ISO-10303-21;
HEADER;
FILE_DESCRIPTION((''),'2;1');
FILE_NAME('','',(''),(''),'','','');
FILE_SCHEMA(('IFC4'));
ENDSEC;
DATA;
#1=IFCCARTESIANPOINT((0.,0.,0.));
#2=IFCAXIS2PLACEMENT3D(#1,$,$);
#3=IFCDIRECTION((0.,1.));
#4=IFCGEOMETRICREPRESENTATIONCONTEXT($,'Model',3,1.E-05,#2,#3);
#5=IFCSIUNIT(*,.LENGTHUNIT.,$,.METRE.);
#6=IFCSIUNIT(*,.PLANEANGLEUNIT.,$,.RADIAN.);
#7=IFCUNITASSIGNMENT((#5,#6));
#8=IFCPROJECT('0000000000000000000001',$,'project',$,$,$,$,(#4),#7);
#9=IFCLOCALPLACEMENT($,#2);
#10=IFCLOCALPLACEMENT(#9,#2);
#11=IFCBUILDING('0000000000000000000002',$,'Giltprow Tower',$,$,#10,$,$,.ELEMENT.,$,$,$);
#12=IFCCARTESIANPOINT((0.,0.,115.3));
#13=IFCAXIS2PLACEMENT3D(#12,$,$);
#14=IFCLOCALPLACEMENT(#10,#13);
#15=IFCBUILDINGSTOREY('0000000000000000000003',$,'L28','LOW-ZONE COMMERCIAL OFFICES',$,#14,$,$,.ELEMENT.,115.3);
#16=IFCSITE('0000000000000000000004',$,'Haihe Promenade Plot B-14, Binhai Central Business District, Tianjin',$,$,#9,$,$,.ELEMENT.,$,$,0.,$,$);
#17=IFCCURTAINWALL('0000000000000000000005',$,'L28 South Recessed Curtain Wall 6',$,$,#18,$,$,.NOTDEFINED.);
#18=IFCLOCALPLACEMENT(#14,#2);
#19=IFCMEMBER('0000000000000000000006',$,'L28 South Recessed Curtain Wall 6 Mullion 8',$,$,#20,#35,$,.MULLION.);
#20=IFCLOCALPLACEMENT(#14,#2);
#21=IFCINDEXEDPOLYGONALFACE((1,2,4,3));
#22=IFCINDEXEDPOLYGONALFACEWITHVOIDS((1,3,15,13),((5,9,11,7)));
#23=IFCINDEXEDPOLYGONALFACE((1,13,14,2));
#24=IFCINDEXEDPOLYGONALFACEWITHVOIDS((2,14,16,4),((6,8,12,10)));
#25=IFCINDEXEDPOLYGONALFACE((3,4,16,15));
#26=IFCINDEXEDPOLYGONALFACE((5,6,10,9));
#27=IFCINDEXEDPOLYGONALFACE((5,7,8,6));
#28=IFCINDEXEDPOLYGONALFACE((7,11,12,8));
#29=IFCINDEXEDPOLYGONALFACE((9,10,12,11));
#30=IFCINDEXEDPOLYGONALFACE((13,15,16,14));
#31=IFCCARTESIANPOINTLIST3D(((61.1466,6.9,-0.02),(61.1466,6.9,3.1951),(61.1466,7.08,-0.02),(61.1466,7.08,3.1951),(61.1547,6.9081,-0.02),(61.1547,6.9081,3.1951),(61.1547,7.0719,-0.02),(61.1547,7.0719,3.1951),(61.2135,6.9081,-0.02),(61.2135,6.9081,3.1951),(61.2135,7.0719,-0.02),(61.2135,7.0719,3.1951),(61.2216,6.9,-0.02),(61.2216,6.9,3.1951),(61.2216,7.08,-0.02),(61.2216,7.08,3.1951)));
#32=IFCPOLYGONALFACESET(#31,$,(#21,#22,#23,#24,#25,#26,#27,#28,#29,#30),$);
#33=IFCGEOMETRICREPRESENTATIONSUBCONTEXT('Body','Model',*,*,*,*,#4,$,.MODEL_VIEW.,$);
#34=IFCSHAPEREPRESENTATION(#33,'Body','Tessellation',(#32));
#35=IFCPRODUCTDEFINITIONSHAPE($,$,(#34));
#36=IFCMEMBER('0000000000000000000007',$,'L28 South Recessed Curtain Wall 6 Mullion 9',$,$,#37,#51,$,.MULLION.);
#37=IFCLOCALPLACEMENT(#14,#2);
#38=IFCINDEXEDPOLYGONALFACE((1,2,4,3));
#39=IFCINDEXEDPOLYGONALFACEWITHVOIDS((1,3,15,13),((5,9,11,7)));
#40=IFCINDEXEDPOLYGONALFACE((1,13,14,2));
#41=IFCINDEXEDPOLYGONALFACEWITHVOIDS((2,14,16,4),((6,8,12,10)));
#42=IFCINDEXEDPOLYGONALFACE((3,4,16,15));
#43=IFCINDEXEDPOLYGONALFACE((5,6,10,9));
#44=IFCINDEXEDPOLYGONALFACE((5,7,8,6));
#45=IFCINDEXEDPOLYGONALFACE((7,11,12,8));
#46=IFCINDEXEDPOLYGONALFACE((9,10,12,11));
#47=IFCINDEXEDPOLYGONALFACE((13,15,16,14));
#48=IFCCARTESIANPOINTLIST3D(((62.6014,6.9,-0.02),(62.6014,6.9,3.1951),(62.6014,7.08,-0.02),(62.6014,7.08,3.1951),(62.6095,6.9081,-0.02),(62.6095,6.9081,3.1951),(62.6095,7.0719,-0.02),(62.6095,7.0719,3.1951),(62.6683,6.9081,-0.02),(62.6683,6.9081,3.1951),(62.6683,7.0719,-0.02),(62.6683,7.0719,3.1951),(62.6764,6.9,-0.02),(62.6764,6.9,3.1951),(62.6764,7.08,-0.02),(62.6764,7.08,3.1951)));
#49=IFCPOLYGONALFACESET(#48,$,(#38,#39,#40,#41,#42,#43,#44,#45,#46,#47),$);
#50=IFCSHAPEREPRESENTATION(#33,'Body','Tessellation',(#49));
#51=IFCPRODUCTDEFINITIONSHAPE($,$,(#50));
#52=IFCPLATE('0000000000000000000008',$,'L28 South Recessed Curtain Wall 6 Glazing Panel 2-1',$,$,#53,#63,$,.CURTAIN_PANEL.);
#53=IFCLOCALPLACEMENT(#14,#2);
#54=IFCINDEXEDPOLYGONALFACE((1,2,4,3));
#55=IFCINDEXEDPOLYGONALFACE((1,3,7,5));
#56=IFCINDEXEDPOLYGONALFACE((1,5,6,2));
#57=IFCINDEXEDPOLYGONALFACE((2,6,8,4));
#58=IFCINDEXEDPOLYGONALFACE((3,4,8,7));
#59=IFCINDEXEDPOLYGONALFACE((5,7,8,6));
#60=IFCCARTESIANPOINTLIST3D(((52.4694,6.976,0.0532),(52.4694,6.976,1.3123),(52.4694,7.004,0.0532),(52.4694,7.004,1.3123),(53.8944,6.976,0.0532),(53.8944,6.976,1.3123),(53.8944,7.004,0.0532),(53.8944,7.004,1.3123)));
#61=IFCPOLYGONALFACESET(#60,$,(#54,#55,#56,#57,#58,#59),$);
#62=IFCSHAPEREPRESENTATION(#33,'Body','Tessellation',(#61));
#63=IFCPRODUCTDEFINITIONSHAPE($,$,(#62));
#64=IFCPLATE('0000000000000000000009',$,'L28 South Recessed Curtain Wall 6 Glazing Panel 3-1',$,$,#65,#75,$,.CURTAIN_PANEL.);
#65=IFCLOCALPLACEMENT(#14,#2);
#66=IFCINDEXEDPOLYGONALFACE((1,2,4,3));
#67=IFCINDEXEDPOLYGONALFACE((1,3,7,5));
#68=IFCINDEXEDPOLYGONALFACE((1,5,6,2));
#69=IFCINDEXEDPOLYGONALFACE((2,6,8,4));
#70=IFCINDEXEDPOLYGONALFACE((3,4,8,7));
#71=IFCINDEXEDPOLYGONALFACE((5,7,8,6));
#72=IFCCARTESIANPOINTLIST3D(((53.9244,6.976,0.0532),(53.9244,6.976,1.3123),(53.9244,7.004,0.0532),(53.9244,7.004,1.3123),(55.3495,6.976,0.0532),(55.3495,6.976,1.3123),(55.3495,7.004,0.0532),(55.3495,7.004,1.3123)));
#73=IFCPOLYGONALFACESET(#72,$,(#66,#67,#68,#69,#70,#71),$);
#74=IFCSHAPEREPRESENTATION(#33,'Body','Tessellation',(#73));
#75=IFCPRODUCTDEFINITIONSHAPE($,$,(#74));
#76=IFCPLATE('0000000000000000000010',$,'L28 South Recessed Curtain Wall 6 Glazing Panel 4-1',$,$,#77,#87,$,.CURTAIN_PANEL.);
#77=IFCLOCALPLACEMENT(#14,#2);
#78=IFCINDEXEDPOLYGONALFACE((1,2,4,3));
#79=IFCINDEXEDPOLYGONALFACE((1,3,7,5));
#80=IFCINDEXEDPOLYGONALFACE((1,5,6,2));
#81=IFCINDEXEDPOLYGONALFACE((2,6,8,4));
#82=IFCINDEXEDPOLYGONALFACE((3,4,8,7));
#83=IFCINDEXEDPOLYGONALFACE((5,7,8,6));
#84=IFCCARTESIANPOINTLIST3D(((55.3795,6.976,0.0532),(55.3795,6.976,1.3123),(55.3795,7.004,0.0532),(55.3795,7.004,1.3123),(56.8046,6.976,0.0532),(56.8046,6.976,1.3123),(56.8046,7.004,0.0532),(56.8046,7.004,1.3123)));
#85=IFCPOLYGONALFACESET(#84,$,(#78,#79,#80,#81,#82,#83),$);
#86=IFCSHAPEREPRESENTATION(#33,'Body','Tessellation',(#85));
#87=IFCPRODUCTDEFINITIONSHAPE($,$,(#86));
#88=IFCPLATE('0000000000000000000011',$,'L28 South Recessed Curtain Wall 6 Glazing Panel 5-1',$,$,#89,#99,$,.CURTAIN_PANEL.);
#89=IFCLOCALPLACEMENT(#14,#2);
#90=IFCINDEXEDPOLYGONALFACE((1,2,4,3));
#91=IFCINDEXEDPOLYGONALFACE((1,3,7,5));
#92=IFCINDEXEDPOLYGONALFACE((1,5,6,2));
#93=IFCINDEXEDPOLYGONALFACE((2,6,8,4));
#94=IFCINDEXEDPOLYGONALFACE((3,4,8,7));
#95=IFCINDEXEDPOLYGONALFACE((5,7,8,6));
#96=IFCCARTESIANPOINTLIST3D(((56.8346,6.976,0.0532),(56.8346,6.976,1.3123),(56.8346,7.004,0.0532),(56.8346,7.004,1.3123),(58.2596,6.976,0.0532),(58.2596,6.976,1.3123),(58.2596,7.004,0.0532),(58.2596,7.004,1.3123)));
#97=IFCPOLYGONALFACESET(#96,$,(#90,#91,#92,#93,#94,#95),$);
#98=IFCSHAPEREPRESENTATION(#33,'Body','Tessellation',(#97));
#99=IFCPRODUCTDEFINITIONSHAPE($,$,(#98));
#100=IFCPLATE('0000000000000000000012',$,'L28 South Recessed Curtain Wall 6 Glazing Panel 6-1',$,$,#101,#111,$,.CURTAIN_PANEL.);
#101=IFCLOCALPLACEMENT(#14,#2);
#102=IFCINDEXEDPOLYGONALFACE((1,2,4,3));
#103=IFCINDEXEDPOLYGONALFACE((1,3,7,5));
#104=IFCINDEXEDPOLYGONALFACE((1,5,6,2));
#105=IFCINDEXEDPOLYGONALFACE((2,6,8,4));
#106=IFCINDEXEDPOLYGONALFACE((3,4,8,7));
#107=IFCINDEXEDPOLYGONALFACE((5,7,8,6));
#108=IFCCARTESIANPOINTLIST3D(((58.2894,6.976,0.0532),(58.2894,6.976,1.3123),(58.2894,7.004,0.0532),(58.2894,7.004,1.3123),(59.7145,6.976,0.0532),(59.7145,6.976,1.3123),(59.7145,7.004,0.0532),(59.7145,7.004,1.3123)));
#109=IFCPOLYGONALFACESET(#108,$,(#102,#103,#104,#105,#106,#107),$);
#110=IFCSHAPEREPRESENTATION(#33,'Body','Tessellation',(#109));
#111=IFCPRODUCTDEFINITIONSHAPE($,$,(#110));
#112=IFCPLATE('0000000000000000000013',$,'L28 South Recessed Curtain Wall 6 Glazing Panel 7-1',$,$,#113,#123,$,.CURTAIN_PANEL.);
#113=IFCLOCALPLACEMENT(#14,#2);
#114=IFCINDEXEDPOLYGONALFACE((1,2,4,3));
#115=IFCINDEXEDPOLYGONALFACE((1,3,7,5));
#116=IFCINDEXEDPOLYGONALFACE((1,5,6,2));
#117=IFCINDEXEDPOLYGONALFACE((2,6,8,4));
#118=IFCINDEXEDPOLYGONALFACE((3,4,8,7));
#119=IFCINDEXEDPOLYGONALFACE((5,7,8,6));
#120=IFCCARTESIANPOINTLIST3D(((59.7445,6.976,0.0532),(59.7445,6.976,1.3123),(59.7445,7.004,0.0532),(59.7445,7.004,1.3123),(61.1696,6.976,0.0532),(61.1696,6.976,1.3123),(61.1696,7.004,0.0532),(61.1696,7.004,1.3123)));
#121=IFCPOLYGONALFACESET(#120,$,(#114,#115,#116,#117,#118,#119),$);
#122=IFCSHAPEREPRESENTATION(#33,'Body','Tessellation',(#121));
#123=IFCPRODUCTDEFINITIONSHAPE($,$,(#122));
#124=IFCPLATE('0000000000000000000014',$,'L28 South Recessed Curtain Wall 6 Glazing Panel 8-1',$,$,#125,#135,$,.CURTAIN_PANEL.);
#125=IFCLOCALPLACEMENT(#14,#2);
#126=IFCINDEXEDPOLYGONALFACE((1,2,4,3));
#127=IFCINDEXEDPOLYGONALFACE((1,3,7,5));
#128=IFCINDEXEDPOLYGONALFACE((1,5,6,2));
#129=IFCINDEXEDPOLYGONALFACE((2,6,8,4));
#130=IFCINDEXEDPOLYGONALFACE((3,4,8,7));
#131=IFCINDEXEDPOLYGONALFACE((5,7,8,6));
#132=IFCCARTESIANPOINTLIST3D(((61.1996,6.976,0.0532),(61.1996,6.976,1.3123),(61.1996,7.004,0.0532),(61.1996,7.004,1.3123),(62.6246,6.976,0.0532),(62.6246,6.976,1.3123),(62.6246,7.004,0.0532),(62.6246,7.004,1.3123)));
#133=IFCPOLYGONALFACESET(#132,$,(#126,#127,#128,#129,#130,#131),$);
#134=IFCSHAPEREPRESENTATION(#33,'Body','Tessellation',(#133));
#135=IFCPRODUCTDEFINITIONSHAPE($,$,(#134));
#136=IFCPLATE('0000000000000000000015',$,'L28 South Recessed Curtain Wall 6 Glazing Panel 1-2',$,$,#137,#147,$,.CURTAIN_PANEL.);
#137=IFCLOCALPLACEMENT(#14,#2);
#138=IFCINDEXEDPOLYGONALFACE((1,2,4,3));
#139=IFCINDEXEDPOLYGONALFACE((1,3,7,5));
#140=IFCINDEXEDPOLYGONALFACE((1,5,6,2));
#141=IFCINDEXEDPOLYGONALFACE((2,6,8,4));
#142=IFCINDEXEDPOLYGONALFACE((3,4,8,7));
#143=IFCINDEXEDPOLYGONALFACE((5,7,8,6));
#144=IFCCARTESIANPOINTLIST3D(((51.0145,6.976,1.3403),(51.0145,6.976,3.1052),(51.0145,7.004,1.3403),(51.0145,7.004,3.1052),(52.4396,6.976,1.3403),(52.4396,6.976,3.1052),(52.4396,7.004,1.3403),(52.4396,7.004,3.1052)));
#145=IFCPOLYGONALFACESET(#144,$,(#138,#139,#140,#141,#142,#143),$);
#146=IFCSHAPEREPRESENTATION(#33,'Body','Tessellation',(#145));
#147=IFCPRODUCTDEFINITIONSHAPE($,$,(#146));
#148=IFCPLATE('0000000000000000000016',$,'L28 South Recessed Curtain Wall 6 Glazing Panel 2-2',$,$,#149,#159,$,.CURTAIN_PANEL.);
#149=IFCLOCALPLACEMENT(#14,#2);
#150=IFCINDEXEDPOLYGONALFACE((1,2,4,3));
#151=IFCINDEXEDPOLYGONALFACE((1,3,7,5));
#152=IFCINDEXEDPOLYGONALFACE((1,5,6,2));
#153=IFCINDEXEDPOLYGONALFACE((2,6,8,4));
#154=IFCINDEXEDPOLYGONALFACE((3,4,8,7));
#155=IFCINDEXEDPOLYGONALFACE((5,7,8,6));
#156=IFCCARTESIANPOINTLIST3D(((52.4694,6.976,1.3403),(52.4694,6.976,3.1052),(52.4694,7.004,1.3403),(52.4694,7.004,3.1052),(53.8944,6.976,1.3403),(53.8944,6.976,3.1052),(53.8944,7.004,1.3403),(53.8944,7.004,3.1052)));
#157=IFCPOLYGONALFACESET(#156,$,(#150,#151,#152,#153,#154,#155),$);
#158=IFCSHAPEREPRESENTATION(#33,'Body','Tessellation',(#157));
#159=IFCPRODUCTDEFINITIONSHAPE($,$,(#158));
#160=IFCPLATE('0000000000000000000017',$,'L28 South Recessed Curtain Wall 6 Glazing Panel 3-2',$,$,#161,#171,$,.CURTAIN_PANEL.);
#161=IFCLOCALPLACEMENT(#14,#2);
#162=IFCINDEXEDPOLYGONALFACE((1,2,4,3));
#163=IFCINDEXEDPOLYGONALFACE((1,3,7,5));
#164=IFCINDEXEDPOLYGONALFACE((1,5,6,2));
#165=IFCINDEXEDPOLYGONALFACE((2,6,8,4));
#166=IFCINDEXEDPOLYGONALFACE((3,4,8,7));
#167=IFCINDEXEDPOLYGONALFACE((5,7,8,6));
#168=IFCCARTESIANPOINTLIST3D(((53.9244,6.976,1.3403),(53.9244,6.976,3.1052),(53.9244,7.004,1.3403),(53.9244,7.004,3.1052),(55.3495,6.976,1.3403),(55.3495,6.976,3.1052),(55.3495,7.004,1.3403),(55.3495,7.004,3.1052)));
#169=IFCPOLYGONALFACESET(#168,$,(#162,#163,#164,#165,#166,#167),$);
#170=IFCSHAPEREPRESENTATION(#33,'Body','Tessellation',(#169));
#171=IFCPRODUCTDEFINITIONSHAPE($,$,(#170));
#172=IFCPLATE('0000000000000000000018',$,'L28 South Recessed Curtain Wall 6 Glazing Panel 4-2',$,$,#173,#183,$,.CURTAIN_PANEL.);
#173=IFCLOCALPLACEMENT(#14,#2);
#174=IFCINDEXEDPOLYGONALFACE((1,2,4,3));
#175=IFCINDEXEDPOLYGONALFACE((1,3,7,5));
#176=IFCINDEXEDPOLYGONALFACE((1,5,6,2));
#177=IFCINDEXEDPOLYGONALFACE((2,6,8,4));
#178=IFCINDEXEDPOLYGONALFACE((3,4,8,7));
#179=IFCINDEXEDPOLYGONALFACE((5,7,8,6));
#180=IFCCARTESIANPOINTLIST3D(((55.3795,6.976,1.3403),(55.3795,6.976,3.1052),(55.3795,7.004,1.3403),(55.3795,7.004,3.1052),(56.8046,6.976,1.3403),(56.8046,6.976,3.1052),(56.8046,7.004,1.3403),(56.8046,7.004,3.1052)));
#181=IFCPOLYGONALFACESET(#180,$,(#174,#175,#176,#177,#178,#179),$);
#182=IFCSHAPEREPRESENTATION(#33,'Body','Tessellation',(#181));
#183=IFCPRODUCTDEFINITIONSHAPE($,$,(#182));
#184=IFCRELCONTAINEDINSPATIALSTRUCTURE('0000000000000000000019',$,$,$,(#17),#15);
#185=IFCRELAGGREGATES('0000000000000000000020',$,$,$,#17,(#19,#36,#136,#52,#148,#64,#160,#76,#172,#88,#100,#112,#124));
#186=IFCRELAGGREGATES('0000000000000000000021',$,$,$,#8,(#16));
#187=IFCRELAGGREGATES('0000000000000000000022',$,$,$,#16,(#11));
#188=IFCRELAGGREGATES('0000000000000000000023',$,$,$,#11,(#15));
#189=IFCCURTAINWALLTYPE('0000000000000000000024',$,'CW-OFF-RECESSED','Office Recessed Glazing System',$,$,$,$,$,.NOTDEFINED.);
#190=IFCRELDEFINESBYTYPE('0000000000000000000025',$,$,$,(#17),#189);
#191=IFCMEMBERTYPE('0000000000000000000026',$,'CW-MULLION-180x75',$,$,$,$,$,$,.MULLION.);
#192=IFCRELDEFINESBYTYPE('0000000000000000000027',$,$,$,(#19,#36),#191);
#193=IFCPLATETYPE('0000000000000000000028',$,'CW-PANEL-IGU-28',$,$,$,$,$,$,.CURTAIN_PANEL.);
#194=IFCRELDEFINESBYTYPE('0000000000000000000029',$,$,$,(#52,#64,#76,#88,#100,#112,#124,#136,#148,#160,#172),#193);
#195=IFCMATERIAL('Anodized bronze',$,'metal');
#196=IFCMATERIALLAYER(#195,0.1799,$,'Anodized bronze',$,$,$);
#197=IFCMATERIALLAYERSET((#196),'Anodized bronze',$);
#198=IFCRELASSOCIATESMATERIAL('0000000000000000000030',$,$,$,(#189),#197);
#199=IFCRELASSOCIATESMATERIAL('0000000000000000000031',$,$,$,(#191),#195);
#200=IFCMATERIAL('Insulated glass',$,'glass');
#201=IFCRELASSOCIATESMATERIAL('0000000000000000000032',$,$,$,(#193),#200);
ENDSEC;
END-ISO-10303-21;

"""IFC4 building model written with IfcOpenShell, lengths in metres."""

from ifc_helpers import new_model, si_unit, direction, frame, origin, origin_2d, place, context, subcontext, project, spatial, rectangle, hollow_rectangle, extrude, source, transform, mapped, material, layer, layer_set, material_profile, profile_set, type_object, element, aggregate, save


model = new_model("IFC4")

# Units and contexts
model_context = context("Model", 3, precision=1e-05, world=origin(), true_north=direction((0.0, 1.0)))
body_context = subcontext(model_context, "Body", "Model", "MODEL_VIEW")
ifc_project = project(units=[si_unit("LENGTHUNIT", "METRE"), si_unit("PLANEANGLEUNIT", "RADIAN")], contexts=[model_context])

# Site, building, storey
site_placement = place(None, origin())
site = spatial("IfcSite", under=ifc_project, at=site_placement, Name="Haihe Promenade Plot B-14, Binhai Central Business District, Tianjin", CompositionType="ELEMENT", RefElevation=0.0)
building_placement = place(site_placement, origin())
building = spatial("IfcBuilding", under=site, at=building_placement, Name="Giltprow Tower", CompositionType="ELEMENT")
storey_placement = place(building_placement, frame((0.0, 0.0, 115.3)))
storey = spatial("IfcBuildingStorey", under=building, at=storey_placement, Name="L28", Description="LOW-ZONE COMMERCIAL OFFICES", CompositionType="ELEMENT", Elevation=115.3)

# Curtain wall, members, plates
ifc_material_1 = material(Name="Anodized bronze", Category="metal")
ifc_layer_1 = layer(ifc_material_1, 0.1799, Name="Anodized bronze")
ifc_layer_set_1 = layer_set([ifc_layer_1], Name="Anodized bronze")
curtain_wall_type = type_object("IfcCurtainWallType", Name="CW-OFF-RECESSED", Description="Office Recessed Glazing System", PredefinedType="NOTDEFINED", material=ifc_layer_set_1)
curtain_wall_placement = place(storey_placement, origin())
curtain_wall = element("IfcCurtainWall", 1, at=curtain_wall_placement, inside=storey, type_object=curtain_wall_type, Name="L28 South Recessed Curtain Wall 6", PredefinedType="NOTDEFINED")
ifc_material_profile_1 = material_profile(ifc_material_1, hollow_rectangle(XDim=0.075, YDim=0.1799, WallThickness=0.0081, at=origin_2d()), Name="RHS 180x75x8")
ifc_profile_set_1 = profile_set([ifc_material_profile_1], Name="Anodized bronze")
member_type = type_object("IfcMemberType", Name="CW-MULLION-180x75", PredefinedType="MULLION", material=ifc_profile_set_1)
shared_shape_1 = source(origin(), body_context, "Body", "SweptSolid", [
    extrude(hollow_rectangle(XDim=0.075, YDim=0.1799, WallThickness=0.0081, at=origin_2d()), origin(), (0.0, 0.0, 1.0), 3.2151),
])
member_1_placement = place(storey_placement, frame((61.1841, 6.99, -0.02), z_axis=(0.0, 0.0, 1.0), x_axis=(1.0, 0.0, 0.0)))
member_1 = element("IfcMember", 2, at=member_1_placement, type_object=member_type, Name="L28 South Recessed Curtain Wall 6 Mullion 8", PredefinedType="MULLION", context=body_context, shape_type="MappedRepresentation", body=[
    mapped(shared_shape_1, transform((0.0, 0.0, 0.0), x_axis=(1.0, 0.0, 0.0), y_axis=(0.0, 1.0, 0.0), z_axis=(0.0, 0.0, 1.0), scale=1.0)),
])
member_2_placement = place(storey_placement, frame((62.6389, 6.99, -0.02), z_axis=(0.0, 0.0, 1.0), x_axis=(1.0, 0.0, 0.0)))
member_2 = element("IfcMember", 3, at=member_2_placement, type_object=member_type, Name="L28 South Recessed Curtain Wall 6 Mullion 9", PredefinedType="MULLION", context=body_context, shape_type="MappedRepresentation", body=[
    mapped(shared_shape_1, transform((0.0, 0.0, 0.0), x_axis=(1.0, 0.0, 0.0), y_axis=(0.0, 1.0, 0.0), z_axis=(0.0, 0.0, 1.0), scale=1.0)),
])
ifc_material_2 = material(Name="Insulated glass", Category="glass")
plate_type = type_object("IfcPlateType", Name="CW-PANEL-IGU-28", PredefinedType="CURTAIN_PANEL", material=ifc_material_2)
shared_shape_2 = source(origin(), body_context, "Body", "SweptSolid", [
    extrude(rectangle(XDim=1.425, YDim=0.0281, at=origin_2d()), origin(), (0.0, 0.0, 1.0), 1.259),
])
plate_1_placement = place(storey_placement, frame((53.1819, 6.99, 0.0532), z_axis=(0.0, 0.0, 1.0), x_axis=(1.0, 0.0, 0.0)))
plate_1 = element("IfcPlate", 4, at=plate_1_placement, type_object=plate_type, Name="L28 South Recessed Curtain Wall 6 Glazing Panel 2-1", PredefinedType="CURTAIN_PANEL", context=body_context, shape_type="MappedRepresentation", body=[
    mapped(shared_shape_2, transform((0.0, 0.0, 0.0), x_axis=(1.0, 0.0, 0.0), y_axis=(0.0, 1.0, 0.0), z_axis=(0.0, 0.0, 1.0), scale=1.0)),
])
plate_2_placement = place(storey_placement, frame((54.637, 6.99, 0.0532), z_axis=(0.0, 0.0, 1.0), x_axis=(1.0, 0.0, 0.0)))
plate_2 = element("IfcPlate", 5, at=plate_2_placement, type_object=plate_type, Name="L28 South Recessed Curtain Wall 6 Glazing Panel 3-1", PredefinedType="CURTAIN_PANEL", context=body_context, shape_type="MappedRepresentation", body=[
    mapped(shared_shape_2, transform((0.0, 0.0, 0.0), x_axis=(1.0, 0.0, 0.0), y_axis=(0.0, 1.0, 0.0), z_axis=(0.0, 0.0, 1.0), scale=1.0)),
])
plate_3_placement = place(storey_placement, frame((56.092, 6.99, 0.0532), z_axis=(0.0, 0.0, 1.0), x_axis=(1.0, 0.0, 0.0)))
plate_3 = element("IfcPlate", 6, at=plate_3_placement, type_object=plate_type, Name="L28 South Recessed Curtain Wall 6 Glazing Panel 4-1", PredefinedType="CURTAIN_PANEL", context=body_context, shape_type="MappedRepresentation", body=[
    mapped(shared_shape_2, transform((0.0, 0.0, 0.0), x_axis=(1.0, 0.0, 0.0), y_axis=(0.0, 1.0, 0.0), z_axis=(0.0, 0.0, 1.0), scale=1.0)),
])
plate_4_placement = place(storey_placement, frame((57.5471, 6.99, 0.0532), z_axis=(0.0, 0.0, 1.0), x_axis=(1.0, 0.0, 0.0)))
plate_4 = element("IfcPlate", 7, at=plate_4_placement, type_object=plate_type, Name="L28 South Recessed Curtain Wall 6 Glazing Panel 5-1", PredefinedType="CURTAIN_PANEL", context=body_context, shape_type="MappedRepresentation", body=[
    mapped(shared_shape_2, transform((0.0, 0.0, 0.0), x_axis=(1.0, 0.0, 0.0), y_axis=(0.0, 1.0, 0.0), z_axis=(0.0, 0.0, 1.0), scale=1.0)),
])
plate_5_placement = place(storey_placement, frame((59.002, 6.99, 0.0532), z_axis=(0.0, 0.0, 1.0), x_axis=(1.0, 0.0, 0.0)))
plate_5 = element("IfcPlate", 8, at=plate_5_placement, type_object=plate_type, Name="L28 South Recessed Curtain Wall 6 Glazing Panel 6-1", PredefinedType="CURTAIN_PANEL", context=body_context, shape_type="MappedRepresentation", body=[
    mapped(shared_shape_2, transform((0.0, 0.0, 0.0), x_axis=(1.0, 0.0, 0.0), y_axis=(0.0, 1.0, 0.0), z_axis=(0.0, 0.0, 1.0), scale=1.0)),
])
plate_6_placement = place(storey_placement, frame((60.457, 6.99, 0.0532), z_axis=(0.0, 0.0, 1.0), x_axis=(1.0, 0.0, 0.0)))
plate_6 = element("IfcPlate", 9, at=plate_6_placement, type_object=plate_type, Name="L28 South Recessed Curtain Wall 6 Glazing Panel 7-1", PredefinedType="CURTAIN_PANEL", context=body_context, shape_type="MappedRepresentation", body=[
    mapped(shared_shape_2, transform((0.0, 0.0, 0.0), x_axis=(1.0, 0.0, 0.0), y_axis=(0.0, 1.0, 0.0), z_axis=(0.0, 0.0, 1.0), scale=1.0)),
])
plate_7_placement = place(storey_placement, frame((61.9121, 6.99, 0.0532), z_axis=(0.0, 0.0, 1.0), x_axis=(1.0, 0.0, 0.0)))
plate_7 = element("IfcPlate", 10, at=plate_7_placement, type_object=plate_type, Name="L28 South Recessed Curtain Wall 6 Glazing Panel 8-1", PredefinedType="CURTAIN_PANEL", context=body_context, shape_type="MappedRepresentation", body=[
    mapped(shared_shape_2, transform((0.0, 0.0, 0.0), x_axis=(1.0, 0.0, 0.0), y_axis=(0.0, 1.0, 0.0), z_axis=(0.0, 0.0, 1.0), scale=1.0)),
])
shared_shape_3 = source(origin(), body_context, "Body", "SweptSolid", [
    extrude(rectangle(XDim=1.425, YDim=0.0281, at=origin_2d()), origin(), (0.0, 0.0, 1.0), 1.7649),
])
plate_8_placement = place(storey_placement, frame((51.7271, 6.99, 1.3403), z_axis=(0.0, 0.0, 1.0), x_axis=(1.0, 0.0, 0.0)))
plate_8 = element("IfcPlate", 11, at=plate_8_placement, type_object=plate_type, Name="L28 South Recessed Curtain Wall 6 Glazing Panel 1-2", PredefinedType="CURTAIN_PANEL", context=body_context, shape_type="MappedRepresentation", body=[
    mapped(shared_shape_3, transform((0.0, 0.0, 0.0), x_axis=(1.0, 0.0, 0.0), y_axis=(0.0, 1.0, 0.0), z_axis=(0.0, 0.0, 1.0), scale=1.0)),
])
plate_9_placement = place(storey_placement, frame((53.1819, 6.99, 1.3403), z_axis=(0.0, 0.0, 1.0), x_axis=(1.0, 0.0, 0.0)))
plate_9 = element("IfcPlate", 12, at=plate_9_placement, type_object=plate_type, Name="L28 South Recessed Curtain Wall 6 Glazing Panel 2-2", PredefinedType="CURTAIN_PANEL", context=body_context, shape_type="MappedRepresentation", body=[
    mapped(shared_shape_3, transform((0.0, 0.0, 0.0), x_axis=(1.0, 0.0, 0.0), y_axis=(0.0, 1.0, 0.0), z_axis=(0.0, 0.0, 1.0), scale=1.0)),
])
plate_10_placement = place(storey_placement, frame((54.637, 6.99, 1.3403), z_axis=(0.0, 0.0, 1.0), x_axis=(1.0, 0.0, 0.0)))
plate_10 = element("IfcPlate", 13, at=plate_10_placement, type_object=plate_type, Name="L28 South Recessed Curtain Wall 6 Glazing Panel 3-2", PredefinedType="CURTAIN_PANEL", context=body_context, shape_type="MappedRepresentation", body=[
    mapped(shared_shape_3, transform((0.0, 0.0, 0.0), x_axis=(1.0, 0.0, 0.0), y_axis=(0.0, 1.0, 0.0), z_axis=(0.0, 0.0, 1.0), scale=1.0)),
])
plate_11_placement = place(storey_placement, frame((56.092, 6.99, 1.3403), z_axis=(0.0, 0.0, 1.0), x_axis=(1.0, 0.0, 0.0)))
plate_11 = element("IfcPlate", 14, at=plate_11_placement, type_object=plate_type, Name="L28 South Recessed Curtain Wall 6 Glazing Panel 4-2", PredefinedType="CURTAIN_PANEL", context=body_context, shape_type="MappedRepresentation", body=[
    mapped(shared_shape_3, transform((0.0, 0.0, 0.0), x_axis=(1.0, 0.0, 0.0), y_axis=(0.0, 1.0, 0.0), z_axis=(0.0, 0.0, 1.0), scale=1.0)),
])
aggregate(curtain_wall, [member_1, member_2, plate_8, plate_1, plate_9, plate_2, plate_10, plate_3, plate_11, plate_4, plate_5, plate_6, plate_7])

save(model, "model.ifc")
